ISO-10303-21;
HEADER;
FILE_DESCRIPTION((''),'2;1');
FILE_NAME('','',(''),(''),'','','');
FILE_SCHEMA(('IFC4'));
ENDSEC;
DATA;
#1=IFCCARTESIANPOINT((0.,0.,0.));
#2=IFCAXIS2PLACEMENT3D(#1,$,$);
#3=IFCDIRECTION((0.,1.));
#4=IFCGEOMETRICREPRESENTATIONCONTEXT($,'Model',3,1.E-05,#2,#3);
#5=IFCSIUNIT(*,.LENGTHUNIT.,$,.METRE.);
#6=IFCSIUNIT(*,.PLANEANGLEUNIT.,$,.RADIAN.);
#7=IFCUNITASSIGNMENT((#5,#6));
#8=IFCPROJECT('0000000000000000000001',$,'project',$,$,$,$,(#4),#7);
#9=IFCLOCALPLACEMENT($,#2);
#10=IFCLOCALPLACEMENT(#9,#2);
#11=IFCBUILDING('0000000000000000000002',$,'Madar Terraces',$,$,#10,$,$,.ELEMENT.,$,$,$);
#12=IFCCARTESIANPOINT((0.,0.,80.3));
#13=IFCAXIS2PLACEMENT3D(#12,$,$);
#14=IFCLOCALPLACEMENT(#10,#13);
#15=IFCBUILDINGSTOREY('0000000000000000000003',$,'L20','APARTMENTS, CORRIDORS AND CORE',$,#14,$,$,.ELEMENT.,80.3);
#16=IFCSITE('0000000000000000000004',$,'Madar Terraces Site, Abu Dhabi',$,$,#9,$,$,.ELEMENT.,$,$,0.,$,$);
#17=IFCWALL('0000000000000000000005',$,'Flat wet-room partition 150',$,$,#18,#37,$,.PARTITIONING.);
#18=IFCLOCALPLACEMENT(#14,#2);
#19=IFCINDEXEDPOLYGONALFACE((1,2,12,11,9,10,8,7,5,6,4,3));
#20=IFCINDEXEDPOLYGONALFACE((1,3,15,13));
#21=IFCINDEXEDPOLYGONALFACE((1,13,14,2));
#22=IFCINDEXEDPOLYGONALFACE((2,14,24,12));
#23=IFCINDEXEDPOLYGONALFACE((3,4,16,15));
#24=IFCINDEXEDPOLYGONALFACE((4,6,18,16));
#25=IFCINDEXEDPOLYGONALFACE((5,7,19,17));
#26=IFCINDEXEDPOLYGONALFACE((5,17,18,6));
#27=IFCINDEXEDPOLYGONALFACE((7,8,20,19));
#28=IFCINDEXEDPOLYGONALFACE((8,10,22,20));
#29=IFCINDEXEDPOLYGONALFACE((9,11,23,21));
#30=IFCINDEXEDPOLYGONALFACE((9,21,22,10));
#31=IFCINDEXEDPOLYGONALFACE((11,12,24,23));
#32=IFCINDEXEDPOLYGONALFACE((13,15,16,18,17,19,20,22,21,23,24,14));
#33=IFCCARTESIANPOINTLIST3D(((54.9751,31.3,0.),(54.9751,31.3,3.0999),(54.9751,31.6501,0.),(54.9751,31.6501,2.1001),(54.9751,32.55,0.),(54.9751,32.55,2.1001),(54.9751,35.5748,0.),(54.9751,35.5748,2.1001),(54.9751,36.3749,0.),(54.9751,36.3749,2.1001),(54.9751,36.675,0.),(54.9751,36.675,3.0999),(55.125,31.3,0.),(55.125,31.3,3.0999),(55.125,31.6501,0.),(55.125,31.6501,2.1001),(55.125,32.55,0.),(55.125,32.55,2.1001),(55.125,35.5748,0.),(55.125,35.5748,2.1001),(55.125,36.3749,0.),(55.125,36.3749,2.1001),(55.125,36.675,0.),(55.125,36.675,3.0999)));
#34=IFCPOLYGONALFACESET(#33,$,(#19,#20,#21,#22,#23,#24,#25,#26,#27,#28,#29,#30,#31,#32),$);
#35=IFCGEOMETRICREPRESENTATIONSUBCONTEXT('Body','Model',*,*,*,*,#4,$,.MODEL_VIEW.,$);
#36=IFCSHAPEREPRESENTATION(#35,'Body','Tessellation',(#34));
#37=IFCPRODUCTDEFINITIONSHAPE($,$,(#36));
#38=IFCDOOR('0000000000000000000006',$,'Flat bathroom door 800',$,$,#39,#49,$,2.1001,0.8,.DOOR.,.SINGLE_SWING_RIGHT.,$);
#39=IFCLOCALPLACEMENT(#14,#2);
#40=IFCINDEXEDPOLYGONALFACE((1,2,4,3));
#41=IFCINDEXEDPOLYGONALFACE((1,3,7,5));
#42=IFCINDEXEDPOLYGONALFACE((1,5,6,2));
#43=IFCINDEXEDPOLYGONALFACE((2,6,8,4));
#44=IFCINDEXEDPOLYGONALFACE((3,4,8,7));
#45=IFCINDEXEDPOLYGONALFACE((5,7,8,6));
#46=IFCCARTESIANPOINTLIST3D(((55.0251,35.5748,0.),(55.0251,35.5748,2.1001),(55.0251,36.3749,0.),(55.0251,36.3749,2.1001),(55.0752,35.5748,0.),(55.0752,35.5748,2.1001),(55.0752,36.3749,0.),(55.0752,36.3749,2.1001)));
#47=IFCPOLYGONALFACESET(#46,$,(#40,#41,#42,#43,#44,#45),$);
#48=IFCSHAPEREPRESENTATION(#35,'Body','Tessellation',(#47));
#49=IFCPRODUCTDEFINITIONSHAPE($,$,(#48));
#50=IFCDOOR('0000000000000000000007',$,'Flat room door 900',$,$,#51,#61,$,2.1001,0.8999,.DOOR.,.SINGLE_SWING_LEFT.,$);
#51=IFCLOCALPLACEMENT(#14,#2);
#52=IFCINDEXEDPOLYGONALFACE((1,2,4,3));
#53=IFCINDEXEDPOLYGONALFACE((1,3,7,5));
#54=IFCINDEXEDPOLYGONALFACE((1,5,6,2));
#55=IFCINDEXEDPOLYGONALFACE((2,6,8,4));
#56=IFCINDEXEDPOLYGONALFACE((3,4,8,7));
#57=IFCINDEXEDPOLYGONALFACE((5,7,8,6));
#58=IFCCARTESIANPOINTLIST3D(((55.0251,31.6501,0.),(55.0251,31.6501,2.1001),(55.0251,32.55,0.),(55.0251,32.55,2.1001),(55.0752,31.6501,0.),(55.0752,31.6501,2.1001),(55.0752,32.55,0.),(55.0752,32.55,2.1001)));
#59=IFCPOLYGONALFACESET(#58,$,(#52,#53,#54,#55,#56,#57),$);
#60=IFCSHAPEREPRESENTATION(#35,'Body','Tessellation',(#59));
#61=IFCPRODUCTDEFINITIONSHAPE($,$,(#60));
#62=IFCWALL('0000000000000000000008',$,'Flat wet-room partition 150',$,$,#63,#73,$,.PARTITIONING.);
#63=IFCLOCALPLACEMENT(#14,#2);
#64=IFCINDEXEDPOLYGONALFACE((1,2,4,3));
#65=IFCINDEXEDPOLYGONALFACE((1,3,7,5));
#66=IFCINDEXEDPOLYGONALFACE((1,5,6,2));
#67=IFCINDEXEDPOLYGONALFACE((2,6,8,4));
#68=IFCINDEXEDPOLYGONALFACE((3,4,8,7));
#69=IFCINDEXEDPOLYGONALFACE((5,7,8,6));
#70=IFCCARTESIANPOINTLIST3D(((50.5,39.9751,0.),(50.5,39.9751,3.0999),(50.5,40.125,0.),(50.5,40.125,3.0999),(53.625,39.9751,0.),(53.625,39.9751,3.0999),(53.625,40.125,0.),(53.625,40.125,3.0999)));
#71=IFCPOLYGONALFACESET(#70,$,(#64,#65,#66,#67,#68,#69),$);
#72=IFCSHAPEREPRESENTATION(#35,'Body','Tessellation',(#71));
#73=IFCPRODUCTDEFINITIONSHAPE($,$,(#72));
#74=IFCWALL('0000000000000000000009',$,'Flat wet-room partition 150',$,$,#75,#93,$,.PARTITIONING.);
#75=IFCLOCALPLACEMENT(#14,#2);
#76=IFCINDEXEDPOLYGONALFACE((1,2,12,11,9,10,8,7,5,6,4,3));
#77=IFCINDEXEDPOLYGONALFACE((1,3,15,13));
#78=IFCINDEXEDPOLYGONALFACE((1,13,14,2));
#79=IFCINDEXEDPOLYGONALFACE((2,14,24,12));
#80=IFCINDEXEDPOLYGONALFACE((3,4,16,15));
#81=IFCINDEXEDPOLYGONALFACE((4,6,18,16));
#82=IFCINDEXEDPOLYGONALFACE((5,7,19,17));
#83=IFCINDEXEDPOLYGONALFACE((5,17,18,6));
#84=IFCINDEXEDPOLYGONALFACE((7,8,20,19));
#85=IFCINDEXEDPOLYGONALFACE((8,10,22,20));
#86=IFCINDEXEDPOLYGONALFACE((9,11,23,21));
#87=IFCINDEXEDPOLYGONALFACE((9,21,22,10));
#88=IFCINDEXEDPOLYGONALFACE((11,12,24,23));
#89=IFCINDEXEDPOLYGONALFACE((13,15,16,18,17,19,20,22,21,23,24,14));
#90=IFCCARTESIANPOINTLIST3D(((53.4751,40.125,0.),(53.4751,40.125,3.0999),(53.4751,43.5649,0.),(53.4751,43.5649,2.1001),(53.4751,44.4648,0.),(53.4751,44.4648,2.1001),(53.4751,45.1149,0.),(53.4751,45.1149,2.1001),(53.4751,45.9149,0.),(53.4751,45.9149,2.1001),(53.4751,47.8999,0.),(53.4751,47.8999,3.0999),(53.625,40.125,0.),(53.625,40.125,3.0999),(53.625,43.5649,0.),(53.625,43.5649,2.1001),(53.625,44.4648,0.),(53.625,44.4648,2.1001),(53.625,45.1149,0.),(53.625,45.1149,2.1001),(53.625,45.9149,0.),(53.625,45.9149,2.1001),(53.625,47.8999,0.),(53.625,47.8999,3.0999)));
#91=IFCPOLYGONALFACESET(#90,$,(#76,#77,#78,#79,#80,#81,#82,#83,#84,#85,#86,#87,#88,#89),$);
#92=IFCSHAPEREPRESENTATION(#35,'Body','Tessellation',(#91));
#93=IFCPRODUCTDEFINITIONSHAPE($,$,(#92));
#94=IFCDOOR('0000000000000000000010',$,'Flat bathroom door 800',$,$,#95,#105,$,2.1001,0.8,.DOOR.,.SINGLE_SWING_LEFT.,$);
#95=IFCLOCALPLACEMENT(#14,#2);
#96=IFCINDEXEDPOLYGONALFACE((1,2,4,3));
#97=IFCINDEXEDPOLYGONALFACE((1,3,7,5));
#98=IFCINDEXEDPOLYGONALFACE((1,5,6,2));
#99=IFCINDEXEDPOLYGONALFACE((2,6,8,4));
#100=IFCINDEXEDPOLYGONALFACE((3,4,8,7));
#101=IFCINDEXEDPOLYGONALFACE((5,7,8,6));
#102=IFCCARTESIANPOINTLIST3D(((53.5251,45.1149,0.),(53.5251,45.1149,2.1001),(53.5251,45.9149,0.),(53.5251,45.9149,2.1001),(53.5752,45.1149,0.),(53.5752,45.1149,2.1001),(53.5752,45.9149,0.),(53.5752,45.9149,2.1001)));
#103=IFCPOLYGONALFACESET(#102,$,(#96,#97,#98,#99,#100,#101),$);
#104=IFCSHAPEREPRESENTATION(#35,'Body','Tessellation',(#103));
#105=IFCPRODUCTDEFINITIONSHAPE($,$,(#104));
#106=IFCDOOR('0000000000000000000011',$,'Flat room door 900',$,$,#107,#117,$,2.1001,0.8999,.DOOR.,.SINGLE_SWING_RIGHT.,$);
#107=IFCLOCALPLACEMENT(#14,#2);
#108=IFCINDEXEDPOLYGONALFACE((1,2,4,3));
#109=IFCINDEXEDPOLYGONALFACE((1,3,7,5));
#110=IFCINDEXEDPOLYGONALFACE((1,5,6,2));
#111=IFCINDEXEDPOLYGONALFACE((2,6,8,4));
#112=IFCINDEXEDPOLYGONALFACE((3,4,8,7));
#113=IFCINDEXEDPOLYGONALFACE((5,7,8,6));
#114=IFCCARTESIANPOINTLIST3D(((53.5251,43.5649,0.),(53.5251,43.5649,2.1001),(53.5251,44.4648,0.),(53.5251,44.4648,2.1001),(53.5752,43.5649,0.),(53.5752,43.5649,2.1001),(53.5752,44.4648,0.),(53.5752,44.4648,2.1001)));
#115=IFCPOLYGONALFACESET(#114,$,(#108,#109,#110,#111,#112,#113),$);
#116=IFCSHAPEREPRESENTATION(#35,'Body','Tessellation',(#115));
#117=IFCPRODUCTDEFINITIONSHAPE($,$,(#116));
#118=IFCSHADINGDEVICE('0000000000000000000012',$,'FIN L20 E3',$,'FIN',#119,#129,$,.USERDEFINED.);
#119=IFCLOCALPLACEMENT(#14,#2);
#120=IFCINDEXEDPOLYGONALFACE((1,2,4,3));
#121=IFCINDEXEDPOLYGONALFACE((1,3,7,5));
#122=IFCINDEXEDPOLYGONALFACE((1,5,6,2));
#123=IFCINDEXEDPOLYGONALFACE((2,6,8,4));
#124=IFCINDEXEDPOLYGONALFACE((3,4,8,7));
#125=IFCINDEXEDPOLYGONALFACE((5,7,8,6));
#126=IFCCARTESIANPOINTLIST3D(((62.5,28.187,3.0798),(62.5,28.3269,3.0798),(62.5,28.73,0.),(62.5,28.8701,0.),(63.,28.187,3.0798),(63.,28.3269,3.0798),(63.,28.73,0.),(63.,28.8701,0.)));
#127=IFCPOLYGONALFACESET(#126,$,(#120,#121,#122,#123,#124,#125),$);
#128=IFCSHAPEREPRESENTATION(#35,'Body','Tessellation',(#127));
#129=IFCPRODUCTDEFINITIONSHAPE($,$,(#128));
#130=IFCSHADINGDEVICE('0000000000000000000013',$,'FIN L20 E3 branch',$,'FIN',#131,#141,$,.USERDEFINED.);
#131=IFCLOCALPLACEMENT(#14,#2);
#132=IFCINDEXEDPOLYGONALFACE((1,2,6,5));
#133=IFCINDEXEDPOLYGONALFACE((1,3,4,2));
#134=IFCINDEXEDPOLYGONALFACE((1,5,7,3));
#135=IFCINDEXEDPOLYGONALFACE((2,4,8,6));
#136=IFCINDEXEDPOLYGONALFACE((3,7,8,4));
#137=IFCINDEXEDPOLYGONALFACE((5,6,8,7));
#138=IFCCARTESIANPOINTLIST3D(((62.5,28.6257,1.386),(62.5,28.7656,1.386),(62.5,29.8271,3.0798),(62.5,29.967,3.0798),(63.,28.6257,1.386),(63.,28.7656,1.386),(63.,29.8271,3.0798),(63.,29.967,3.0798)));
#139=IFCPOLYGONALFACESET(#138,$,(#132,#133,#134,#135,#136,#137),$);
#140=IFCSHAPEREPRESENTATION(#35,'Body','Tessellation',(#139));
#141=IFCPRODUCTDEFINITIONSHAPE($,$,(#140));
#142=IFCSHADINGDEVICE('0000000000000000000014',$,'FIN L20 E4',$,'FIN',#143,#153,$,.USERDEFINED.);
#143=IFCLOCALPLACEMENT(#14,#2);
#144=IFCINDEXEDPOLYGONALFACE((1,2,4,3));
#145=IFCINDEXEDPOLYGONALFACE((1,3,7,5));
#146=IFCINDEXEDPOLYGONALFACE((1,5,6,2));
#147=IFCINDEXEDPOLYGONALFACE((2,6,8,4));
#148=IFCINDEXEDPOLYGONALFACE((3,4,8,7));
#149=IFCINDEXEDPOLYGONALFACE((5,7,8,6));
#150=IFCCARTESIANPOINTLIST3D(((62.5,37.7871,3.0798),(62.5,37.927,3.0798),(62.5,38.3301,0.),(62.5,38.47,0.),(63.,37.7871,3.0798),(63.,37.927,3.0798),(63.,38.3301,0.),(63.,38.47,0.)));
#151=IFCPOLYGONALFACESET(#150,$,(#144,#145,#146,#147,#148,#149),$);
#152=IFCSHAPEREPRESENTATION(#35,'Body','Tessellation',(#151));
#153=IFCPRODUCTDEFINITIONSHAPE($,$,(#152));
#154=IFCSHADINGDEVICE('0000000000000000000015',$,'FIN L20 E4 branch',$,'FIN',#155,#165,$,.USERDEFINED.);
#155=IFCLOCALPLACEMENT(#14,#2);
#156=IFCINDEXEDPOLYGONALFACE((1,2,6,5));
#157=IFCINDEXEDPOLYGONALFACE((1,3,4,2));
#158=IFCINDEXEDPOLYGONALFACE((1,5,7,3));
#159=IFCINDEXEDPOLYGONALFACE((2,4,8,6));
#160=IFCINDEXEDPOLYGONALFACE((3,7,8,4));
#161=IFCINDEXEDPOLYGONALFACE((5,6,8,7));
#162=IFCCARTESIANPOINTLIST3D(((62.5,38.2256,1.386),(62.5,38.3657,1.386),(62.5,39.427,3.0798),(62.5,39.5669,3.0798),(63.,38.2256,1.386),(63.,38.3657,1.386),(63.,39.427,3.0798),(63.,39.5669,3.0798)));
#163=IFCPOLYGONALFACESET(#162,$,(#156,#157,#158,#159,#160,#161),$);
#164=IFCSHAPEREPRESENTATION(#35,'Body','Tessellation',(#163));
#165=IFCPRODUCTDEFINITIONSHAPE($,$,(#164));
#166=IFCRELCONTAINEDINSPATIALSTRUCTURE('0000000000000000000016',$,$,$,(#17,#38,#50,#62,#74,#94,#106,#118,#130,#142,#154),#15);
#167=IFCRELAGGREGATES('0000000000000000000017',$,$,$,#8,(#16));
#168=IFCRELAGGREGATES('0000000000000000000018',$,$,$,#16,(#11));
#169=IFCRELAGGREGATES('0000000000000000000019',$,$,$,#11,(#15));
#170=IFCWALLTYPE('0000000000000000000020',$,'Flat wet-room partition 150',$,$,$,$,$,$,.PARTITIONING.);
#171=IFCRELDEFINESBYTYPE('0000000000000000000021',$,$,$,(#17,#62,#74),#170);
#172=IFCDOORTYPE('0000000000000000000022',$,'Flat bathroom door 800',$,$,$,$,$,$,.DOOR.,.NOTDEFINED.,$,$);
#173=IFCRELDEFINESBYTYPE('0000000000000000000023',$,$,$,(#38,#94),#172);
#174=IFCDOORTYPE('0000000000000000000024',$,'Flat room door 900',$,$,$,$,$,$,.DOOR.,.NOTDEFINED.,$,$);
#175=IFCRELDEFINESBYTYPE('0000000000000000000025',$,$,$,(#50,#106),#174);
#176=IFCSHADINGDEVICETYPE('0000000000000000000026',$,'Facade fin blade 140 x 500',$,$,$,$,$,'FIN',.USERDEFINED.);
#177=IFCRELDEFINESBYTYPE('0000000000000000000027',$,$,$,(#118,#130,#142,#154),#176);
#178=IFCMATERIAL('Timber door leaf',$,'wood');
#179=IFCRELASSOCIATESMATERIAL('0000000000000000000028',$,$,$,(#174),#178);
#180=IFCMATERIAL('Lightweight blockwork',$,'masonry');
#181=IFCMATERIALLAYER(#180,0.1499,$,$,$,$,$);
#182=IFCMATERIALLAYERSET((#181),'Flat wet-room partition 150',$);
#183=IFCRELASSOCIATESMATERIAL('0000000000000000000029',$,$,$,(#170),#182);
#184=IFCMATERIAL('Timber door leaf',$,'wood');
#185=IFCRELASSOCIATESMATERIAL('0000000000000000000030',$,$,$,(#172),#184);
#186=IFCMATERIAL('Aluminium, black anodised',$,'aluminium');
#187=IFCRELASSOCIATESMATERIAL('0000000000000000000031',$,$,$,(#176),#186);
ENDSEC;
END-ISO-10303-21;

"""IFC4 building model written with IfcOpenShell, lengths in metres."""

from ifc_helpers import new_model, si_unit, direction, frame, frame_2d, origin, place, context, subcontext, project, spatial, polyline, rectangle, outline, extrude, material, layer, layer_set, type_object, element, fill, save


model = new_model("IFC4")

# Units and contexts
model_context = context("Model", 3, precision=1e-05, world=origin(), true_north=direction((0.0, 1.0)))
body_context = subcontext(model_context, "Body", "Model", "MODEL_VIEW")
ifc_project = project(units=[si_unit("LENGTHUNIT", "METRE"), si_unit("PLANEANGLEUNIT", "RADIAN")], contexts=[model_context])

# Site, building, storey
site_placement = place(None, origin())
site = spatial("IfcSite", under=ifc_project, at=site_placement, Name="Madar Terraces Site, Abu Dhabi", CompositionType="ELEMENT", RefElevation=0.0)
building_placement = place(site_placement, origin())
building = spatial("IfcBuilding", under=site, at=building_placement, Name="Madar Terraces", CompositionType="ELEMENT")
storey_placement = place(building_placement, frame((0.0, 0.0, 80.3)))
storey = spatial("IfcBuildingStorey", under=building, at=storey_placement, Name="L20", Description="APARTMENTS, CORRIDORS AND CORE", CompositionType="ELEMENT", Elevation=80.3)

# Shared definitions
ifc_material_1 = material(Name="Timber door leaf", Category="wood")
door_type_1 = type_object("IfcDoorType", Name="Flat room door 900", OperationType="NOTDEFINED", PredefinedType="DOOR", material=ifc_material_1)

# Shared definitions
ifc_material_2 = material(Name="Lightweight blockwork", Category="masonry")
ifc_layer_1 = layer(ifc_material_2, 0.1499)
ifc_layer_set_1 = layer_set([ifc_layer_1], Name="Flat wet-room partition 150")
wall_type_1 = type_object("IfcWallType", Name="Flat wet-room partition 150", PredefinedType="PARTITIONING", material=ifc_layer_set_1)

# Wall, openings, doors
wall_1_placement = place(storey_placement, frame((55.05, 31.3, 0.0), z_axis=(0.0, 0.0, 1.0), x_axis=(0.0, 1.0, 0.0)))
wall_1 = element("IfcWall", 1, at=wall_1_placement, inside=storey, type_object=wall_type_1, Name="Flat wet-room partition 150", PredefinedType="PARTITIONING", context=body_context, shape_type="SweptSolid", body=[
    extrude(rectangle(XDim=5.375, YDim=0.1499, at=frame_2d((2.6875, 0.0))), origin(), (0.0, 0.0, 1.0), 3.0999),
])
opening_1_placement = place(wall_1_placement, frame((4.2749, 0.0, 0.0)))
opening_1 = element("IfcOpeningElement", 2, at=opening_1_placement, cuts=wall_1, PredefinedType="OPENING", context=body_context, shape_type="SweptSolid", body=[
    extrude(rectangle(XDim=0.8, YDim=2.1001, at=frame_2d((0.3999, 1.05))), frame((0.0, 0.085, 0.0), z_axis=(0.0, -1.0, 0.0), x_axis=(1.0, 0.0, 0.0)), (0.0, 0.0, 1.0), 0.1699),
])
opening_2_placement = place(wall_1_placement, frame((0.3501, 0.0, 0.0)))
opening_2 = element("IfcOpeningElement", 3, at=opening_2_placement, cuts=wall_1, PredefinedType="OPENING", context=body_context, shape_type="SweptSolid", body=[
    extrude(rectangle(XDim=0.8999, YDim=2.1001, at=frame_2d((0.45, 1.05))), frame((0.0, 0.085, 0.0), z_axis=(0.0, -1.0, 0.0), x_axis=(1.0, 0.0, 0.0)), (0.0, 0.0, 1.0), 0.1699),
])
ifc_material_3 = material(Name="Timber door leaf", Category="wood")
door_type_2 = type_object("IfcDoorType", Name="Flat bathroom door 800", OperationType="NOTDEFINED", PredefinedType="DOOR", material=ifc_material_3)
door_1_placement = place(opening_1_placement, origin())
door_1 = element("IfcDoor", 4, at=door_1_placement, inside=storey, type_object=door_type_2, Name="Flat bathroom door 800", OperationType="SINGLE_SWING_RIGHT", OverallHeight=2.1001, OverallWidth=0.8, PredefinedType="DOOR", context=body_context, shape_type="SweptSolid", body=[
    extrude(rectangle(XDim=0.8, YDim=2.1001, at=frame_2d((0.3999, 1.05))), frame((0.0, 0.0249, 0.0), z_axis=(0.0, -1.0, 0.0), x_axis=(1.0, 0.0, 0.0)), (0.0, 0.0, 1.0), 0.05),
])
fill(opening_1, door_1)
door_2_placement = place(opening_2_placement, origin())
door_2 = element("IfcDoor", 5, at=door_2_placement, inside=storey, type_object=door_type_1, Name="Flat room door 900", OperationType="SINGLE_SWING_LEFT", OverallHeight=2.1001, OverallWidth=0.8999, PredefinedType="DOOR", context=body_context, shape_type="SweptSolid", body=[
    extrude(rectangle(XDim=0.8999, YDim=2.1001, at=frame_2d((0.45, 1.05))), frame((0.0, 0.0249, 0.0), z_axis=(0.0, -1.0, 0.0), x_axis=(1.0, 0.0, 0.0)), (0.0, 0.0, 1.0), 0.05),
])
fill(opening_2, door_2)

# Wall
wall_2_placement = place(storey_placement, frame((50.5, 40.05, 0.0), z_axis=(0.0, 0.0, 1.0), x_axis=(1.0, 0.0, 0.0)))
element("IfcWall", 6, at=wall_2_placement, inside=storey, type_object=wall_type_1, Name="Flat wet-room partition 150", PredefinedType="PARTITIONING", context=body_context, shape_type="SweptSolid", body=[
    extrude(rectangle(XDim=3.125, YDim=0.1499, at=frame_2d((1.5625, 0.0))), origin(), (0.0, 0.0, 1.0), 3.0999),
])

# Wall, openings, doors
wall_3_placement = place(storey_placement, frame((53.55, 40.125, 0.0), z_axis=(0.0, 0.0, 1.0), x_axis=(0.0, 1.0, 0.0)))
wall_3 = element("IfcWall", 7, at=wall_3_placement, inside=storey, type_object=wall_type_1, Name="Flat wet-room partition 150", PredefinedType="PARTITIONING", context=body_context, shape_type="SweptSolid", body=[
    extrude(rectangle(XDim=7.7749, YDim=0.1499, at=frame_2d((3.8875, 0.0))), origin(), (0.0, 0.0, 1.0), 3.0999),
])
opening_3_placement = place(wall_3_placement, frame((3.4399, 0.0, 0.0)))
opening_3 = element("IfcOpeningElement", 8, at=opening_3_placement, cuts=wall_3, PredefinedType="OPENING", context=body_context, shape_type="SweptSolid", body=[
    extrude(rectangle(XDim=0.8999, YDim=2.1001, at=frame_2d((0.45, 1.05))), frame((0.0, 0.085, 0.0), z_axis=(0.0, -1.0, 0.0), x_axis=(1.0, 0.0, 0.0)), (0.0, 0.0, 1.0), 0.1699),
])
opening_4_placement = place(wall_3_placement, frame((4.99, 0.0, 0.0)))
opening_4 = element("IfcOpeningElement", 9, at=opening_4_placement, cuts=wall_3, PredefinedType="OPENING", context=body_context, shape_type="SweptSolid", body=[
    extrude(rectangle(XDim=0.8, YDim=2.1001, at=frame_2d((0.3999, 1.05))), frame((0.0, 0.085, 0.0), z_axis=(0.0, -1.0, 0.0), x_axis=(1.0, 0.0, 0.0)), (0.0, 0.0, 1.0), 0.1699),
])
door_3_placement = place(opening_4_placement, origin())
door_3 = element("IfcDoor", 10, at=door_3_placement, inside=storey, type_object=door_type_2, Name="Flat bathroom door 800", OperationType="SINGLE_SWING_LEFT", OverallHeight=2.1001, OverallWidth=0.8, PredefinedType="DOOR", context=body_context, shape_type="SweptSolid", body=[
    extrude(rectangle(XDim=0.8, YDim=2.1001, at=frame_2d((0.3999, 1.05))), frame((0.0, 0.0249, 0.0), z_axis=(0.0, -1.0, 0.0), x_axis=(1.0, 0.0, 0.0)), (0.0, 0.0, 1.0), 0.05),
])
fill(opening_4, door_3)
door_4_placement = place(opening_3_placement, origin())
door_4 = element("IfcDoor", 11, at=door_4_placement, inside=storey, type_object=door_type_1, Name="Flat room door 900", OperationType="SINGLE_SWING_RIGHT", OverallHeight=2.1001, OverallWidth=0.8999, PredefinedType="DOOR", context=body_context, shape_type="SweptSolid", body=[
    extrude(rectangle(XDim=0.8999, YDim=2.1001, at=frame_2d((0.45, 1.05))), frame((0.0, 0.0249, 0.0), z_axis=(0.0, -1.0, 0.0), x_axis=(1.0, 0.0, 0.0)), (0.0, 0.0, 1.0), 0.05),
])
fill(opening_3, door_4)

# Shading devices
ifc_material_4 = material(Name="Aluminium, black anodised", Category="aluminium")
shading_device_type = type_object("IfcShadingDeviceType", Name="Facade fin blade 140 x 500", ElementType="FIN", PredefinedType="USERDEFINED", material=ifc_material_4)
shading_device_1_placement = place(storey_placement, frame((62.75, 28.73, 0.0), z_axis=(0.0, 0.0, 1.0), x_axis=(0.0, 1.0, 0.0)))
element("IfcShadingDevice", 12, at=shading_device_1_placement, inside=storey, type_object=shading_device_type, Name="FIN L20 E3", ObjectType="FIN", PredefinedType="USERDEFINED", context=body_context, shape_type="SweptSolid", body=[
    extrude(outline(polyline([(0.0, 0.0), (0.1401, 0.0), (-0.4031, 3.0798), (-0.543, 3.0798), (0.0, 0.0)])), frame((0.0, 0.25, 0.0), z_axis=(0.0, -1.0, 0.0), x_axis=(1.0, 0.0, 0.0)), (0.0, 0.0, 1.0), 0.5),
])
shading_device_2_placement = place(storey_placement, frame((62.75, 28.6257, 1.386), z_axis=(0.0, 0.0, 1.0), x_axis=(0.0, 1.0, 0.0)))
element("IfcShadingDevice", 13, at=shading_device_2_placement, inside=storey, type_object=shading_device_type, Name="FIN L20 E3 branch", ObjectType="FIN", PredefinedType="USERDEFINED", context=body_context, shape_type="SweptSolid", body=[
    extrude(outline(polyline([(0.0, 0.0), (0.1399, 0.0), (1.3413, 1.6938), (1.2014, 1.6938), (0.0, 0.0)])), frame((0.0, 0.25, 0.0), z_axis=(0.0, -1.0, 0.0), x_axis=(1.0, 0.0, 0.0)), (0.0, 0.0, 1.0), 0.5),
])
shading_device_3_placement = place(storey_placement, frame((62.75, 38.3301, 0.0), z_axis=(0.0, 0.0, 1.0), x_axis=(0.0, 1.0, 0.0)))
element("IfcShadingDevice", 14, at=shading_device_3_placement, inside=storey, type_object=shading_device_type, Name="FIN L20 E4", ObjectType="FIN", PredefinedType="USERDEFINED", context=body_context, shape_type="SweptSolid", body=[
    extrude(outline(polyline([(0.0, 0.0), (0.1399, 0.0), (-0.4031, 3.0798), (-0.543, 3.0798), (0.0, 0.0)])), frame((0.0, 0.25, 0.0), z_axis=(0.0, -1.0, 0.0), x_axis=(1.0, 0.0, 0.0)), (0.0, 0.0, 1.0), 0.5),
])
shading_device_4_placement = place(storey_placement, frame((62.75, 38.2256, 1.386), z_axis=(0.0, 0.0, 1.0), x_axis=(0.0, 1.0, 0.0)))
element("IfcShadingDevice", 15, at=shading_device_4_placement, inside=storey, type_object=shading_device_type, Name="FIN L20 E4 branch", ObjectType="FIN", PredefinedType="USERDEFINED", context=body_context, shape_type="SweptSolid", body=[
    extrude(outline(polyline([(0.0, 0.0), (0.1401, 0.0), (1.3413, 1.6938), (1.2014, 1.6938), (0.0, 0.0)])), frame((0.0, 0.25, 0.0), z_axis=(0.0, -1.0, 0.0), x_axis=(1.0, 0.0, 0.0)), (0.0, 0.0, 1.0), 0.5),
])

save(model, "model.ifc")
